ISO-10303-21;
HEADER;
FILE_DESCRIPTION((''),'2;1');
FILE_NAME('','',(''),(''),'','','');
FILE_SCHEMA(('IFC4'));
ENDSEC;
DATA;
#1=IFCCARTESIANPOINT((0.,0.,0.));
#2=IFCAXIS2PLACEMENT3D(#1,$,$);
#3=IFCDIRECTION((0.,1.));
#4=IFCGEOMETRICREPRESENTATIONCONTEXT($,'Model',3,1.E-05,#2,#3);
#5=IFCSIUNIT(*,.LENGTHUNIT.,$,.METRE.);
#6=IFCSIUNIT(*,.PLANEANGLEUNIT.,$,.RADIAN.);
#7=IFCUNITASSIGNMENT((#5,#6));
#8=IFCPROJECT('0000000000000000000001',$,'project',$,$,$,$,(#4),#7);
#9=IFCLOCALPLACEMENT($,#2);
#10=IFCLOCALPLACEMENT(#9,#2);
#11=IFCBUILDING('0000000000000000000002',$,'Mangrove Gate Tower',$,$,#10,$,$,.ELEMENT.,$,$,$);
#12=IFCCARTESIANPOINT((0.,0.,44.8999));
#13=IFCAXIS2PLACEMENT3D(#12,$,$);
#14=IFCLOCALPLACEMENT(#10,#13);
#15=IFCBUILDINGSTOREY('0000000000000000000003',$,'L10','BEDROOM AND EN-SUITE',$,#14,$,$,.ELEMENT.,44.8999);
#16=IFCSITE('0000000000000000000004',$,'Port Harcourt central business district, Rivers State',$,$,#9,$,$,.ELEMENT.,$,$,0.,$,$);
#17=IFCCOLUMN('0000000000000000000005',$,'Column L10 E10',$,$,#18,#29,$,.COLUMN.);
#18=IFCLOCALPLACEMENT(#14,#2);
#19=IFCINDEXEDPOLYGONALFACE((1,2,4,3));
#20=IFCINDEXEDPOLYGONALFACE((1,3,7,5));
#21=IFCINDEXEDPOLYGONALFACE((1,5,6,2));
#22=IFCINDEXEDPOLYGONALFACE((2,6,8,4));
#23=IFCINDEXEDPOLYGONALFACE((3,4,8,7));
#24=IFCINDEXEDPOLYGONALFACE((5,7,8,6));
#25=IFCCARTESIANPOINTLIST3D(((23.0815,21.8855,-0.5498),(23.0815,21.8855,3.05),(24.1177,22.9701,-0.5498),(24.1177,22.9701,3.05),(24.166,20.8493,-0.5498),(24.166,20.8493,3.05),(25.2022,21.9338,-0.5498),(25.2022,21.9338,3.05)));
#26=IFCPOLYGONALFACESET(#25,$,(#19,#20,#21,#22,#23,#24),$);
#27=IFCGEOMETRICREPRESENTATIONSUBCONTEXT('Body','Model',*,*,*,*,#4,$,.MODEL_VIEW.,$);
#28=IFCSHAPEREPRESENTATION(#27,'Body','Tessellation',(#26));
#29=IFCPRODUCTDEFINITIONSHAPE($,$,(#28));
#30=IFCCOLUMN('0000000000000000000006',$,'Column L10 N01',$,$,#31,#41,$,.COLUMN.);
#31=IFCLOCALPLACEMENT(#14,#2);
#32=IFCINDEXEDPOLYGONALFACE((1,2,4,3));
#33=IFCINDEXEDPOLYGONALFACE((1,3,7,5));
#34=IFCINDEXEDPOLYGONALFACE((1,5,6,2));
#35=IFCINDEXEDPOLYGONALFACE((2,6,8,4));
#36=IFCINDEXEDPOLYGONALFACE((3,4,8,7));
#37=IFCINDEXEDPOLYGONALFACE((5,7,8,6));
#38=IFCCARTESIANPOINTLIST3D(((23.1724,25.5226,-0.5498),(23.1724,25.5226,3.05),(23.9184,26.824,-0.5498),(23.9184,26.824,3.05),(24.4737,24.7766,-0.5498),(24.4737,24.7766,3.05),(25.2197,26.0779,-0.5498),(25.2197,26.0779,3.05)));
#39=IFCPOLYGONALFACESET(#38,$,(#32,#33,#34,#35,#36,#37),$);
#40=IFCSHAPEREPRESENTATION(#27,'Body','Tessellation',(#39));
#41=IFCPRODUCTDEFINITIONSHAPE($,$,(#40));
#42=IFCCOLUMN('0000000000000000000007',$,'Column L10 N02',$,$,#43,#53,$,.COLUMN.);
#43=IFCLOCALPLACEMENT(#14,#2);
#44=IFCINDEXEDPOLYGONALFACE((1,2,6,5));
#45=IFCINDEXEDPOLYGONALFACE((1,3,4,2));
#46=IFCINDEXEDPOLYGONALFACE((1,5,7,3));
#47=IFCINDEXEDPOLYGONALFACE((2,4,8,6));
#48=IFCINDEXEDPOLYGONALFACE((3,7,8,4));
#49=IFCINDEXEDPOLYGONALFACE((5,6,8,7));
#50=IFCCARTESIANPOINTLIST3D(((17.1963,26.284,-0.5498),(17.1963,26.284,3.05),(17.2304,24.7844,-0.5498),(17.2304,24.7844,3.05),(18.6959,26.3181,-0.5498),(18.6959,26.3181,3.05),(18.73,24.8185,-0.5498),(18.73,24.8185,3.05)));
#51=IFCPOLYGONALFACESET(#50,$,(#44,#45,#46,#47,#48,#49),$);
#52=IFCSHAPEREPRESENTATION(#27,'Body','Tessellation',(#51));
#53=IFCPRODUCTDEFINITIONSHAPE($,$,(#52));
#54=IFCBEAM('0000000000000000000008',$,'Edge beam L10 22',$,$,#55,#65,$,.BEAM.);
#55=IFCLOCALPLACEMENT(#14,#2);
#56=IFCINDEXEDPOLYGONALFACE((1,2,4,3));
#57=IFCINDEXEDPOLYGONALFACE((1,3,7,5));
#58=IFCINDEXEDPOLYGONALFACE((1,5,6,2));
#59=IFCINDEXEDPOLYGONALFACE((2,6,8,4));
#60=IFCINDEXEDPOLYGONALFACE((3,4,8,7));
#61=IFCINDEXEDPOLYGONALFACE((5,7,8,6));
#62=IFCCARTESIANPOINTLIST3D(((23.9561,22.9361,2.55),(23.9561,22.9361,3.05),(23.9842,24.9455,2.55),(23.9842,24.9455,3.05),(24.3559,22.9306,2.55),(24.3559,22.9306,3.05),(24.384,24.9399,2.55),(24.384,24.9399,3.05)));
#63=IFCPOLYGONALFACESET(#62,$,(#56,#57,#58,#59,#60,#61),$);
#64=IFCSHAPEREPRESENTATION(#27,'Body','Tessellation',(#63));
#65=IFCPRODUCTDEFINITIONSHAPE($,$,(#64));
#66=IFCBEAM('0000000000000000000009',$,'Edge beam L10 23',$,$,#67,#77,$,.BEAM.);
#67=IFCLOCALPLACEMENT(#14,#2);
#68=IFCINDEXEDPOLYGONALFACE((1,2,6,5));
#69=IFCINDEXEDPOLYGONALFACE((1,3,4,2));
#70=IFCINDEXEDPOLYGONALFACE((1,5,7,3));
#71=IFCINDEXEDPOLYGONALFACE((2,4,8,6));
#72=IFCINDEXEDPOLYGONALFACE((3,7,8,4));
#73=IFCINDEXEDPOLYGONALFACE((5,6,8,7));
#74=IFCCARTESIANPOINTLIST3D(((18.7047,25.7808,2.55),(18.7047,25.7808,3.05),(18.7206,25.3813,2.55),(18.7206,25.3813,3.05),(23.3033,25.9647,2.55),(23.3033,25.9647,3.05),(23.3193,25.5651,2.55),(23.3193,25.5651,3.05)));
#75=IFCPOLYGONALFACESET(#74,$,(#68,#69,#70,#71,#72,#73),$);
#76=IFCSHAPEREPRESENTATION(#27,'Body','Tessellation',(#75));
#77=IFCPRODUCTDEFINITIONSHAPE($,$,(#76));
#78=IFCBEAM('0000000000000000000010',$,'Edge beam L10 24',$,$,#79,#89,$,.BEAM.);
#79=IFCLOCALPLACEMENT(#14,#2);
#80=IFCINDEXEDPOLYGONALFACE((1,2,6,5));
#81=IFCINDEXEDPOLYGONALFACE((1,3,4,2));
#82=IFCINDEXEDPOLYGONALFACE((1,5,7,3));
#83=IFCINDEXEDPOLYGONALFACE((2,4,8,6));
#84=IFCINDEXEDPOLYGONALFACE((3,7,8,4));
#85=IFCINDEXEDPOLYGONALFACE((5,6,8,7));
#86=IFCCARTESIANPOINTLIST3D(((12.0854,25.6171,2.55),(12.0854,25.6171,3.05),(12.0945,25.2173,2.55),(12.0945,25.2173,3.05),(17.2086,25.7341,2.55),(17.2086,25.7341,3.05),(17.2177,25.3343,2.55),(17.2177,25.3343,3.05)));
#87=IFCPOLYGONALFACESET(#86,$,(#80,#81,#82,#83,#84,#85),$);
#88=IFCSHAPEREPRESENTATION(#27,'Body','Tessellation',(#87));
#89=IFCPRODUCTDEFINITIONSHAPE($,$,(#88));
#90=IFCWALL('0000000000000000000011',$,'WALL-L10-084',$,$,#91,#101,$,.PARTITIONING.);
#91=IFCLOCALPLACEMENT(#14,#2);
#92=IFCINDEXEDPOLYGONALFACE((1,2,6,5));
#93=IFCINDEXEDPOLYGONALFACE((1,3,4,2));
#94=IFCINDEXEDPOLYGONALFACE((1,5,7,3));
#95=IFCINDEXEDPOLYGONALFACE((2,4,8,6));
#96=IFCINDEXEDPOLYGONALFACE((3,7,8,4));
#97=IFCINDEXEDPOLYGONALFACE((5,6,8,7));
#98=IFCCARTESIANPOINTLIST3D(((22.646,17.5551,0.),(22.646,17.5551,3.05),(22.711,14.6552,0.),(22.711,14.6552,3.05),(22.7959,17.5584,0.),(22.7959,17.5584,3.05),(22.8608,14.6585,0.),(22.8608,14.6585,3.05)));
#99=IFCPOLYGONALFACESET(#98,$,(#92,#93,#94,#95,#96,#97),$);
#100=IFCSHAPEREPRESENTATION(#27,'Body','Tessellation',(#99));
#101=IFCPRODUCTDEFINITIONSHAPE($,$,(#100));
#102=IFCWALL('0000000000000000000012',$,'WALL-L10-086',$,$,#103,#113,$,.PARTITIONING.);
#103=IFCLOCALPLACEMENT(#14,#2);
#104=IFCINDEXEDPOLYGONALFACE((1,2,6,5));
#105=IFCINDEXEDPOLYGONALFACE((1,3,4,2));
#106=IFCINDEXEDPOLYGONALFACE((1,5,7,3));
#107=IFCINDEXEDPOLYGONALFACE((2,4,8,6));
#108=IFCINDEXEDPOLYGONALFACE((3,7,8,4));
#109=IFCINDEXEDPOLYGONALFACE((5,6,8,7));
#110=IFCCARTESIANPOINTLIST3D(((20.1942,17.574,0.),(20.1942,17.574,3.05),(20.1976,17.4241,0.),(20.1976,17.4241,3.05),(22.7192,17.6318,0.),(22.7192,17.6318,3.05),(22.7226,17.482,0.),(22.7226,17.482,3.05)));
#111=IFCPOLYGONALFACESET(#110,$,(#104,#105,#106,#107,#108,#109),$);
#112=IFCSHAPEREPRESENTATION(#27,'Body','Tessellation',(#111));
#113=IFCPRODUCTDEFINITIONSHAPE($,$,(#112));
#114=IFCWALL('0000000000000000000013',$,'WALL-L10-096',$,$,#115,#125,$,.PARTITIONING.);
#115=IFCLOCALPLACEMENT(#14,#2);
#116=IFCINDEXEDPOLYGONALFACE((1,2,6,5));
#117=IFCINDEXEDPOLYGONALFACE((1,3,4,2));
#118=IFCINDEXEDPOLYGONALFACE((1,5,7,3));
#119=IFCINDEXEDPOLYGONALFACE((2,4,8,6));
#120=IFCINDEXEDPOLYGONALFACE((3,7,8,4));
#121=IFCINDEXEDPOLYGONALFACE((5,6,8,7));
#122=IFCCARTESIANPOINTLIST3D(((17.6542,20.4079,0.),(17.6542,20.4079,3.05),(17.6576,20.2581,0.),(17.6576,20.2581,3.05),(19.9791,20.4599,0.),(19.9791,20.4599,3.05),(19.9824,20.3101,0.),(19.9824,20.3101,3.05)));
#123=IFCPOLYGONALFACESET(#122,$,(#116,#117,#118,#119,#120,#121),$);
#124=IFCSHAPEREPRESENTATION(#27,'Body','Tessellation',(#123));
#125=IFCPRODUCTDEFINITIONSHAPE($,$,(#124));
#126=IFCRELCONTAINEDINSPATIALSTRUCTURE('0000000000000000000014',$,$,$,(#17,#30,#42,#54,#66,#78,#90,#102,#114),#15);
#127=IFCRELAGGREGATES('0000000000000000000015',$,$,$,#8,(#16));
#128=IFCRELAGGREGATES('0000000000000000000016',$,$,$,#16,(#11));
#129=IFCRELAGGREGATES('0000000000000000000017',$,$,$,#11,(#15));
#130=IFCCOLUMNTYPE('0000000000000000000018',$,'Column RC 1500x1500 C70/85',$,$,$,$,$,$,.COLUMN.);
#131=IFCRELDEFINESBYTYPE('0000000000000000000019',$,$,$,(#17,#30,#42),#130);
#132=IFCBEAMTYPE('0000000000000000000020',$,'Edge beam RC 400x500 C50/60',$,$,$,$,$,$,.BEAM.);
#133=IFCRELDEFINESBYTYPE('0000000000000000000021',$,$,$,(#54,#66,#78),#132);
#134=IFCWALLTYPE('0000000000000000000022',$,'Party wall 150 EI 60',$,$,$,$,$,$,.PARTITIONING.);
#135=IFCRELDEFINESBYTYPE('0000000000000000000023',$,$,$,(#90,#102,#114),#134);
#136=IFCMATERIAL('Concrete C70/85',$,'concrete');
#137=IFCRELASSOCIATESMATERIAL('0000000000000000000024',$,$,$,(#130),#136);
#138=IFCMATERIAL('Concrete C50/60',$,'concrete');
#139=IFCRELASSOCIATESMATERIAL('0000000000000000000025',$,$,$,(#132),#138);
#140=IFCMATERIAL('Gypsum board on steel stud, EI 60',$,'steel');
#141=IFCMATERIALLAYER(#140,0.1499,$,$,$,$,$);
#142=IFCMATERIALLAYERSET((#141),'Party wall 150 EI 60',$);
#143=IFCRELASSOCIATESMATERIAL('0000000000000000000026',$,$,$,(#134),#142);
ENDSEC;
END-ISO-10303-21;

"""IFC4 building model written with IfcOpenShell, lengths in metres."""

from ifc_helpers import new_model, si_unit, direction, frame, frame_2d, origin, origin_2d, place, context, subcontext, project, spatial, rectangle, extrude, material, layer, layer_set, material_profile, profile_set, type_object, element, save


model = new_model("IFC4")

# Units and contexts
model_context = context("Model", 3, precision=1e-05, world=origin(), true_north=direction((0.0, 1.0)))
body_context = subcontext(model_context, "Body", "Model", "MODEL_VIEW")
ifc_project = project(units=[si_unit("LENGTHUNIT", "METRE"), si_unit("PLANEANGLEUNIT", "RADIAN")], contexts=[model_context])

# Site, building, storey
site_placement = place(None, origin())
site = spatial("IfcSite", under=ifc_project, at=site_placement, Name="Port Harcourt central business district, Rivers State", CompositionType="ELEMENT", RefElevation=0.0)
building_placement = place(site_placement, origin())
building = spatial("IfcBuilding", under=site, at=building_placement, Name="Mangrove Gate Tower", CompositionType="ELEMENT")
storey_placement = place(building_placement, frame((0.0, 0.0, 44.8999)))
storey = spatial("IfcBuildingStorey", under=building, at=storey_placement, Name="L10", Description="BEDROOM AND EN-SUITE", CompositionType="ELEMENT", Elevation=44.8999)

# Columns
ifc_material_1 = material(Name="Concrete C70/85", Category="concrete")
ifc_material_profile_1 = material_profile(ifc_material_1, rectangle(XDim=1.5, YDim=1.5, at=origin_2d()))
ifc_profile_set_1 = profile_set([ifc_material_profile_1], Name="Concrete C70/85")
column_type = type_object("IfcColumnType", Name="Column RC 1500x1500 C70/85", PredefinedType="COLUMN", material=ifc_profile_set_1)
for number, where, z_axis, x_axis, name in (
    (1, (24.1418, 21.9097, -0.5498), (0.0, 0.0, 1.0), (-0.72301, 0.690837, 0.0), "Column L10 E10"),
    (2, (24.196, 25.8003, -0.5498), (0.0, 0.0, 1.0), (-0.867551, 0.497349, 0.0), "Column L10 N01"),
    (3, (17.9631, 25.5513, -0.5498), (0.0, 0.0, 1.0), (-0.999742, -0.022718, 0.0), "Column L10 N02"),
):
    element("IfcColumn", number, at=place(storey_placement, frame(where, z_axis=z_axis, x_axis=x_axis)), inside=storey, type_object=column_type, Name=name, PredefinedType="COLUMN", context=body_context, shape_type="SweptSolid", body=[
        extrude(rectangle(XDim=1.5, YDim=1.5, at=origin_2d()), origin(), (0.0, 0.0, 1.0), 3.5999),
    ])

# Beams
ifc_material_2 = material(Name="Concrete C50/60", Category="concrete")
ifc_material_profile_2 = material_profile(ifc_material_2, rectangle(XDim=0.3999, YDim=0.5, at=origin_2d()))
ifc_profile_set_2 = profile_set([ifc_material_profile_2], Name="Concrete C50/60")
beam_type = type_object("IfcBeamType", Name="Edge beam RC 400x500 C50/60", PredefinedType="BEAM", material=ifc_profile_set_2)
beam_1_placement = place(storey_placement, frame((24.156, 22.9333, 2.8), z_axis=(0.013972, 0.999902, 0.0), x_axis=(-0.999902, 0.013972, 0.0)))
element("IfcBeam", 4, at=beam_1_placement, inside=storey, type_object=beam_type, Name="Edge beam L10 22", PredefinedType="BEAM", context=body_context, shape_type="SweptSolid", body=[
    extrude(rectangle(XDim=0.3999, YDim=0.5, at=origin_2d()), origin(), (0.0, 0.0, 1.0), 2.0095),
])
beam_2_placement = place(storey_placement, frame((23.3113, 25.7649, 2.8), z_axis=(-0.999202, -0.039945, 0.0), x_axis=(0.039945, -0.999202, 0.0)))
element("IfcBeam", 5, at=beam_2_placement, inside=storey, type_object=beam_type, Name="Edge beam L10 23", PredefinedType="BEAM", context=body_context, shape_type="SweptSolid", body=[
    extrude(rectangle(XDim=0.3999, YDim=0.5, at=origin_2d()), origin(), (0.0, 0.0, 1.0), 4.6023),
])
beam_3_placement = place(storey_placement, frame((17.2131, 25.5342, 2.8), z_axis=(-0.99974, -0.02282, 0.0), x_axis=(0.02282, -0.99974, 0.0)))
element("IfcBeam", 6, at=beam_3_placement, inside=storey, type_object=beam_type, Name="Edge beam L10 24", PredefinedType="BEAM", context=body_context, shape_type="SweptSolid", body=[
    extrude(rectangle(XDim=0.3999, YDim=0.5, at=origin_2d()), origin(), (0.0, 0.0, 1.0), 5.1245),
])

# Walls
ifc_material_3 = material(Name="Gypsum board on steel stud, EI 60", Category="steel")
ifc_layer = layer(ifc_material_3, 0.1499)
ifc_layer_set = layer_set([ifc_layer], Name="Party wall 150 EI 60")
wall_type = type_object("IfcWallType", Name="Party wall 150 EI 60", PredefinedType="PARTITIONING", material=ifc_layer_set)
wall_1_placement = place(storey_placement, frame((22.7859, 14.657, 0.0), z_axis=(0.0, 0.0, 1.0), x_axis=(-0.022389, 0.999749, 0.0)))
element("IfcWall", 7, at=wall_1_placement, inside=storey, type_object=wall_type, Name="WALL-L10-084", PredefinedType="PARTITIONING", context=body_context, shape_type="SweptSolid", body=[
    extrude(rectangle(XDim=2.9006, YDim=0.1499, at=frame_2d((1.4502, 0.0))), origin(), (0.0, 0.0, 1.0), 3.05),
])
wall_2_placement = place(storey_placement, frame((20.196, 17.499, 0.0), z_axis=(0.0, 0.0, 1.0), x_axis=(0.999738, 0.02291, 0.0)))
element("IfcWall", 8, at=wall_2_placement, inside=storey, type_object=wall_type, Name="WALL-L10-086", PredefinedType="PARTITIONING", context=body_context, shape_type="SweptSolid", body=[
    extrude(rectangle(XDim=2.5256, YDim=0.1499, at=frame_2d((1.2627, 0.0))), origin(), (0.0, 0.0, 1.0), 3.05),
])
wall_3_placement = place(storey_placement, frame((17.656, 20.333, 0.0), z_axis=(0.0, 0.0, 1.0), x_axis=(0.99975, 0.022361, 0.0)))
element("IfcWall", 9, at=wall_3_placement, inside=storey, type_object=wall_type, Name="WALL-L10-096", PredefinedType="PARTITIONING", context=body_context, shape_type="SweptSolid", body=[
    extrude(rectangle(XDim=2.3254, YDim=0.1499, at=frame_2d((1.1626, 0.0))), origin(), (0.0, 0.0, 1.0), 3.05),
])

save(model, "model.ifc")
